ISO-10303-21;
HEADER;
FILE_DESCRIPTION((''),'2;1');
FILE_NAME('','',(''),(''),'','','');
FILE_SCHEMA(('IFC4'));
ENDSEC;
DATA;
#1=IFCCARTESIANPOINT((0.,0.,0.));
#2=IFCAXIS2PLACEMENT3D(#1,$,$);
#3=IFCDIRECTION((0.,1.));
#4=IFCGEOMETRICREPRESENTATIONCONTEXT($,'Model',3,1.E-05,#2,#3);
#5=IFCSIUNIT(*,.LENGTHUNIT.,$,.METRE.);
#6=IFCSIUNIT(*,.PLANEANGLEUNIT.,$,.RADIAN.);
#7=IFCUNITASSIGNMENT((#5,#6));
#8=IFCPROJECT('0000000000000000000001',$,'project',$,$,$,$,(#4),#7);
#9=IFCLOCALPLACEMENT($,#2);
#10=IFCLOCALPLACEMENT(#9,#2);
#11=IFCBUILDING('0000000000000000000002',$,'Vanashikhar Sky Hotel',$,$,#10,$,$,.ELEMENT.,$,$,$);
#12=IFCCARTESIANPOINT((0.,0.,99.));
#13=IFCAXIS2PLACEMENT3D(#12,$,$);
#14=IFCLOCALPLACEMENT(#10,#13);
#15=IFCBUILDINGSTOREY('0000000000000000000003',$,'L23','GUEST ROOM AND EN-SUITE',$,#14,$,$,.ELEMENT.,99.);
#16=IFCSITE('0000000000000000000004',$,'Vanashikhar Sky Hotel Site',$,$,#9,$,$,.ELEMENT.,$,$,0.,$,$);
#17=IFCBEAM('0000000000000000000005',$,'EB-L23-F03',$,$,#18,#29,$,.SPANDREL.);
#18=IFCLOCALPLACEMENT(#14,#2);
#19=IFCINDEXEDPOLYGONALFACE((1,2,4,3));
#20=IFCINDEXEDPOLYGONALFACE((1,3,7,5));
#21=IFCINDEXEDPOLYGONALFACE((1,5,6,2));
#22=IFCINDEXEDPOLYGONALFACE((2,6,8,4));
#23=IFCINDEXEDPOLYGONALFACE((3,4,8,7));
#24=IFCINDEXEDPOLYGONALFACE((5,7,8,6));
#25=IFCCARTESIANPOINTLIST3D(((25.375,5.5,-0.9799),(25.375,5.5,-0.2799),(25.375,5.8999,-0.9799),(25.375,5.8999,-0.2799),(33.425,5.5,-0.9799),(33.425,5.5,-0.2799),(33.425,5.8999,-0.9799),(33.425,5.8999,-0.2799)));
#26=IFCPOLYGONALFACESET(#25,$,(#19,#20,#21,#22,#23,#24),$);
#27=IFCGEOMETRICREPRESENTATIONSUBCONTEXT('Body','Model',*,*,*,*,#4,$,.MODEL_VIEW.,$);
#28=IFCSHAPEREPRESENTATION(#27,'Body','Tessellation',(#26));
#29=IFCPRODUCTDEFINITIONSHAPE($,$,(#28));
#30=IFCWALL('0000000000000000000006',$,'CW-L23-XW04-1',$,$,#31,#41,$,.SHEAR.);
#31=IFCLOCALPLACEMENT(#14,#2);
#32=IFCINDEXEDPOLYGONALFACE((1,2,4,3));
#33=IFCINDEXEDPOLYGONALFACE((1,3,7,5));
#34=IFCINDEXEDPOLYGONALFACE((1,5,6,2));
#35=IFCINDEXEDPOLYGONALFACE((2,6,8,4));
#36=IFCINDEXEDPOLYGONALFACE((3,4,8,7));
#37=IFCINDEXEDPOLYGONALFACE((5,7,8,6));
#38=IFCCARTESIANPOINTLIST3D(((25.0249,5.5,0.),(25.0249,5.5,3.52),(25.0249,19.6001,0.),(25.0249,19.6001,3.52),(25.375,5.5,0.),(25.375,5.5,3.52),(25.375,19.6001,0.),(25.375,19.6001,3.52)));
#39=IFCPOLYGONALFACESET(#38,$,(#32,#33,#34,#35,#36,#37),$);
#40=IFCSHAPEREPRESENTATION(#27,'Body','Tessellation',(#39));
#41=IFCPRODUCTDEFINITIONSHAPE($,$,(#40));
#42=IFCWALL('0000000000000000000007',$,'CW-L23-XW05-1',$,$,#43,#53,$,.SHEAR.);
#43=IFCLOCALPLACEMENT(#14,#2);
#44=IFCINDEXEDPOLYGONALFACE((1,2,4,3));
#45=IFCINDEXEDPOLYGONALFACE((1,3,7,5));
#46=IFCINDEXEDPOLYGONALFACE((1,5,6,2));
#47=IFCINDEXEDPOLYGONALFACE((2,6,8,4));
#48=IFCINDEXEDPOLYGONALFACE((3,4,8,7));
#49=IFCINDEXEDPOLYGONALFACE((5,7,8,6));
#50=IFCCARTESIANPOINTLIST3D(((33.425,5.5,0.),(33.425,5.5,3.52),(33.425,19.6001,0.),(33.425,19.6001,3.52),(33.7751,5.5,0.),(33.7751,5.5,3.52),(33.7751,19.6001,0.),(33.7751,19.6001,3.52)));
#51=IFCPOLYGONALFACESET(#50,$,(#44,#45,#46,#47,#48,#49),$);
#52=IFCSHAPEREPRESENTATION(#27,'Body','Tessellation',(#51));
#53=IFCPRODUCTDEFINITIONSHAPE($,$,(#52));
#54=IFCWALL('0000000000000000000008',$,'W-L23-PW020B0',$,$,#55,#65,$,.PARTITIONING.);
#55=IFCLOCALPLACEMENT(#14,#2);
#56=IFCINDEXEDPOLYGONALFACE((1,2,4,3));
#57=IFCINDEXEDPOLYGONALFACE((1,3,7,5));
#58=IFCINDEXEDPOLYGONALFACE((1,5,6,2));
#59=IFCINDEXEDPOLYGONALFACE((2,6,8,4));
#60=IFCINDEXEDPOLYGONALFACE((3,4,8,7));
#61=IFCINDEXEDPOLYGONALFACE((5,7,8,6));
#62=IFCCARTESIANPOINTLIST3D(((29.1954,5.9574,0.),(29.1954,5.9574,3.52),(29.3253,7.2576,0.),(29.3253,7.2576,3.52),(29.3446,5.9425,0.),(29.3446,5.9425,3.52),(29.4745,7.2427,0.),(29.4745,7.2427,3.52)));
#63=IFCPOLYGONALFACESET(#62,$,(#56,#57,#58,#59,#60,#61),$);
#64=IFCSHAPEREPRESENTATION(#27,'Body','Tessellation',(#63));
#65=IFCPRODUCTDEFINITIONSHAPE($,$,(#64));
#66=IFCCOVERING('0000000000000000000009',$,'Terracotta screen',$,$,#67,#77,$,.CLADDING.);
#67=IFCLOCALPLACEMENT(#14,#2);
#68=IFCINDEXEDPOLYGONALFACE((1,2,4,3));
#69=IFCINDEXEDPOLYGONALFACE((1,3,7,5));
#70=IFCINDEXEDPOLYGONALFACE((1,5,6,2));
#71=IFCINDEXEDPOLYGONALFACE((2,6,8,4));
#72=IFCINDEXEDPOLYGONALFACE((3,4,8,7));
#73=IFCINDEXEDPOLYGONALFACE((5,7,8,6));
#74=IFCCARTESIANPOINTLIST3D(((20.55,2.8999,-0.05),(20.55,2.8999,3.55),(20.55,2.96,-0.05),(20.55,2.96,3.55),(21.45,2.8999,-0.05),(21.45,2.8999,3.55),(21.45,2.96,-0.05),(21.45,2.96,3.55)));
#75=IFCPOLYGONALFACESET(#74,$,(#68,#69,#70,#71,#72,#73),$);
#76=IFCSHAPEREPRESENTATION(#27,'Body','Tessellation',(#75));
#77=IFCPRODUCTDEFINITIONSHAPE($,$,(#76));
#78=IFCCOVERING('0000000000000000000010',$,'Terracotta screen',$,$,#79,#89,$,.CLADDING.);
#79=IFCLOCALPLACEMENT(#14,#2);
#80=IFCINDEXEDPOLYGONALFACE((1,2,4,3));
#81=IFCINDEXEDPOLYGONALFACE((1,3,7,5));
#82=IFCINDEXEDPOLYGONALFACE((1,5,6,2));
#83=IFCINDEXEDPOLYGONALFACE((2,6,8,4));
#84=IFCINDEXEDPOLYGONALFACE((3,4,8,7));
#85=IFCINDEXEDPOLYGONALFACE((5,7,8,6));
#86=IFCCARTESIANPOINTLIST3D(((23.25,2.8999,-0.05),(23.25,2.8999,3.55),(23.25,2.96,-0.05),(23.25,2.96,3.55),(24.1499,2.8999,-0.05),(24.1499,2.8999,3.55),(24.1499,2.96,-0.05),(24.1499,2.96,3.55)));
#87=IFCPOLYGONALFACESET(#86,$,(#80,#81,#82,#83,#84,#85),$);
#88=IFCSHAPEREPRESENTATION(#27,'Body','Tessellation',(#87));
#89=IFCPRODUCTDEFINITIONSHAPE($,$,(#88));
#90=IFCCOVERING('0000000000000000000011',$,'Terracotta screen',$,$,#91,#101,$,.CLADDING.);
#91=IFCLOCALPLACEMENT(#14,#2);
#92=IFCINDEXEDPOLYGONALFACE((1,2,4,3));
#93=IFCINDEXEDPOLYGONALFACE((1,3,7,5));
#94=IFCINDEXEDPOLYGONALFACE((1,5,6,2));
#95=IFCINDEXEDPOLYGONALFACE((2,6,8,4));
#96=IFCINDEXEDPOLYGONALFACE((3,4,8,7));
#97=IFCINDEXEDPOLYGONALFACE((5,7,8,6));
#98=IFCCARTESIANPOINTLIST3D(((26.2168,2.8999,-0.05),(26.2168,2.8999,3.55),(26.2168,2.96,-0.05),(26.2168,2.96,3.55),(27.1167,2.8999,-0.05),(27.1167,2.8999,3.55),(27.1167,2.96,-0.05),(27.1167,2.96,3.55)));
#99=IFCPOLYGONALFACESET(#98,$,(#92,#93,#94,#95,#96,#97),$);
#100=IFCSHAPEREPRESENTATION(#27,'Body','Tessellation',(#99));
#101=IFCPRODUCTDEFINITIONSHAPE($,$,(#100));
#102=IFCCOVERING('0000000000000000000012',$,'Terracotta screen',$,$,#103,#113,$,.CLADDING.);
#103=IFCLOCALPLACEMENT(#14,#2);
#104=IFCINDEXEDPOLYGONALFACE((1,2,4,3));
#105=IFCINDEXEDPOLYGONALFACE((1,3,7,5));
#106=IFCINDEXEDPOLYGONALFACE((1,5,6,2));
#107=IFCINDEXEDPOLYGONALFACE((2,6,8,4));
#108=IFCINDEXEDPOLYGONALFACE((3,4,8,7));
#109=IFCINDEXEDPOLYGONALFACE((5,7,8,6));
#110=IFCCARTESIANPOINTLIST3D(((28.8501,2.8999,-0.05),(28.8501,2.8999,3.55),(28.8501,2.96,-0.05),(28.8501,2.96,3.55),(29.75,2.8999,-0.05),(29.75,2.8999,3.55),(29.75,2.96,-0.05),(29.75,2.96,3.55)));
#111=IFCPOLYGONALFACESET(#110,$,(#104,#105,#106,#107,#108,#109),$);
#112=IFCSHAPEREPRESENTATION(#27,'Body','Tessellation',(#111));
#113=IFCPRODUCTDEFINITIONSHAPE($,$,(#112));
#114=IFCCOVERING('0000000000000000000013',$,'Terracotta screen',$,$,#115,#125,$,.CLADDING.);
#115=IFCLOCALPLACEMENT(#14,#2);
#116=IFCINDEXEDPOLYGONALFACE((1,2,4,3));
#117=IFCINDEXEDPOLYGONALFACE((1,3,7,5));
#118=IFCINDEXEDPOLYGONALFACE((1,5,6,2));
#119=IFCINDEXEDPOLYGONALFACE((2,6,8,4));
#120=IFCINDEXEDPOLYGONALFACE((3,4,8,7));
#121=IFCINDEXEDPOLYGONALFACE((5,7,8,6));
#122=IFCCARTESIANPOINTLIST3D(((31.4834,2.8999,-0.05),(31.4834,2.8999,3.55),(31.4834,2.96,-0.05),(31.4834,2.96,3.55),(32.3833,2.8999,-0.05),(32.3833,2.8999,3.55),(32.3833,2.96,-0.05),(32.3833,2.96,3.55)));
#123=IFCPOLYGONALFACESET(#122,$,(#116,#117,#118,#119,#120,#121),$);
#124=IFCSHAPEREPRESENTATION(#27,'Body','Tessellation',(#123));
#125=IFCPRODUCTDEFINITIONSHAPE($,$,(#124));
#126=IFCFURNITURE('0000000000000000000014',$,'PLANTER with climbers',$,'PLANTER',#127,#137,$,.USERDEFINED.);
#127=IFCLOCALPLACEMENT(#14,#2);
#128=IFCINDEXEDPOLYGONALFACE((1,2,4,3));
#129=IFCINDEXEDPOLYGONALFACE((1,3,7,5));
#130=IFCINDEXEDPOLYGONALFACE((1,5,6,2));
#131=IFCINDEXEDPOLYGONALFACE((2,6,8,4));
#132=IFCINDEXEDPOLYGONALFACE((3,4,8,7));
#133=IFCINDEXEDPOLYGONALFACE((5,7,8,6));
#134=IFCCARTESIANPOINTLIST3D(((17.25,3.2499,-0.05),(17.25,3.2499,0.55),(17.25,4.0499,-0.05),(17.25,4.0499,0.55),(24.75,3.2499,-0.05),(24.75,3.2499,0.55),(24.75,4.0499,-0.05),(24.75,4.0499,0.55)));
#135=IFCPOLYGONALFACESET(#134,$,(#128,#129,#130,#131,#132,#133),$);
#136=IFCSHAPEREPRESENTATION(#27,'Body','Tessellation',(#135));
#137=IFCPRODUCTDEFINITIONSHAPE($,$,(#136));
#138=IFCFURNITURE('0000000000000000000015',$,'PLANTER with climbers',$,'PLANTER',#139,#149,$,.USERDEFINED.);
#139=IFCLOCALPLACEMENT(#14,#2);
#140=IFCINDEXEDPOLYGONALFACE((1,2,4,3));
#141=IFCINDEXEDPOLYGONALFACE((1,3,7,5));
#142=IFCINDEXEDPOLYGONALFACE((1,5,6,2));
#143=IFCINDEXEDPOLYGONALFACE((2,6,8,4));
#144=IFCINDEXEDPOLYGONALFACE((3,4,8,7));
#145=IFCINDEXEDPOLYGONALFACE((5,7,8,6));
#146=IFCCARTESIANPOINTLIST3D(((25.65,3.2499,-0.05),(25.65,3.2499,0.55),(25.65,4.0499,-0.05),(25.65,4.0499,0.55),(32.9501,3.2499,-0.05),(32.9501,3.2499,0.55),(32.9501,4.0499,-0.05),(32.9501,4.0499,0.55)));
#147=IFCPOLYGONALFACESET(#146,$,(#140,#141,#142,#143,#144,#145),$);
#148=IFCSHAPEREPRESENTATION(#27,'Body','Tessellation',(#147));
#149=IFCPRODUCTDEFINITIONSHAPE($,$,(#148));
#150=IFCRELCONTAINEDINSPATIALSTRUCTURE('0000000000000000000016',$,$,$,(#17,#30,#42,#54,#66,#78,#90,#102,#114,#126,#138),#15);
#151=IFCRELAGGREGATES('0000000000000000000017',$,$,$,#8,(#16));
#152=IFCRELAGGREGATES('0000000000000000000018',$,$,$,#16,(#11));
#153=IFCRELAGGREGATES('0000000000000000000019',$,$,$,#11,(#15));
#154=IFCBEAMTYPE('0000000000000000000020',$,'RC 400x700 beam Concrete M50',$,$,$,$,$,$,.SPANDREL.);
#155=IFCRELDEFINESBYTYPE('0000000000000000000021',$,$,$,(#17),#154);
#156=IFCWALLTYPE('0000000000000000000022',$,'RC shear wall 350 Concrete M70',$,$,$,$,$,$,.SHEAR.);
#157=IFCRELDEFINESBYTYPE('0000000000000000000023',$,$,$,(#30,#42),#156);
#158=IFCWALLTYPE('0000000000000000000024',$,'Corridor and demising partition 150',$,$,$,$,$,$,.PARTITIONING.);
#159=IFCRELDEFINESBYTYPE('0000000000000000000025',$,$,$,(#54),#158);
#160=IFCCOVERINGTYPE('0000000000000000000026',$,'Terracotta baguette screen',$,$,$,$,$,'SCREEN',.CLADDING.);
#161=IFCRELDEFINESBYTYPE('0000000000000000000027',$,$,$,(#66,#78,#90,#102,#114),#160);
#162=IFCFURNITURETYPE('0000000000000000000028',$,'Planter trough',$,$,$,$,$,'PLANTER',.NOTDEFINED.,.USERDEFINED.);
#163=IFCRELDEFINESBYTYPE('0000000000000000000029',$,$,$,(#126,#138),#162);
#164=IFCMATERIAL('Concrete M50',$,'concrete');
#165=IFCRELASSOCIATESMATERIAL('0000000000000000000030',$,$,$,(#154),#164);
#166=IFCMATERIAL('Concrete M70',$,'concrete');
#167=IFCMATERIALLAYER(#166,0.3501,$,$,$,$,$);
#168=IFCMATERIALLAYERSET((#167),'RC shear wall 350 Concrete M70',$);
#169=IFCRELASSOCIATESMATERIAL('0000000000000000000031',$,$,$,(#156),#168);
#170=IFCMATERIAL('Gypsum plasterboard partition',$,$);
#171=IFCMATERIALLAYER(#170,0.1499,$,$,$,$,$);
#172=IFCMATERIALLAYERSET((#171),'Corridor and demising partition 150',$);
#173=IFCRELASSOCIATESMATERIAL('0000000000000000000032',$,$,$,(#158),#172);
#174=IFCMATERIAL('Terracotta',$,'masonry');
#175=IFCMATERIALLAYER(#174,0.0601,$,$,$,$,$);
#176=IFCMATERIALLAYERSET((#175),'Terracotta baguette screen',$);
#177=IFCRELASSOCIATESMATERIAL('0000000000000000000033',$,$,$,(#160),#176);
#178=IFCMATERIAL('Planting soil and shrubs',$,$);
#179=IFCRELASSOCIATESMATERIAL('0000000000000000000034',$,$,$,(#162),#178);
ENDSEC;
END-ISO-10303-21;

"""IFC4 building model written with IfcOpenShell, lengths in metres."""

from ifc_helpers import new_model, si_unit, direction, frame, frame_2d, origin, origin_2d, place, context, subcontext, project, spatial, rectangle, extrude, source, transform, mapped, material, layer, layer_set, material_profile, profile_set, type_object, element, save


model = new_model("IFC4")

# Units and contexts
model_context = context("Model", 3, precision=1e-05, world=origin(), true_north=direction((0.0, 1.0)))
body_context = subcontext(model_context, "Body", "Model", "MODEL_VIEW")
ifc_project = project(units=[si_unit("LENGTHUNIT", "METRE"), si_unit("PLANEANGLEUNIT", "RADIAN")], contexts=[model_context])

# Site, building, storey
site_placement = place(None, origin())
site = spatial("IfcSite", under=ifc_project, at=site_placement, Name="Vanashikhar Sky Hotel Site", CompositionType="ELEMENT", RefElevation=0.0)
building_placement = place(site_placement, origin())
building = spatial("IfcBuilding", under=site, at=building_placement, Name="Vanashikhar Sky Hotel", CompositionType="ELEMENT")
storey_placement = place(building_placement, frame((0.0, 0.0, 99.0)))
storey = spatial("IfcBuildingStorey", under=building, at=storey_placement, Name="L23", Description="GUEST ROOM AND EN-SUITE", CompositionType="ELEMENT", Elevation=99.0)

# Beam
ifc_material_1 = material(Name="Concrete M50", Category="concrete")
ifc_material_profile = material_profile(ifc_material_1, rectangle(XDim=0.3999, YDim=0.7, at=origin_2d()))
ifc_profile_set = profile_set([ifc_material_profile], Name="RC 400x700 beam Concrete M50")
beam_type = type_object("IfcBeamType", Name="RC 400x700 beam Concrete M50", PredefinedType="SPANDREL", material=ifc_profile_set)
shared_shape_1 = source(origin(), body_context, "Body", "SweptSolid", [
    extrude(rectangle(XDim=0.3999, YDim=0.7, at=origin_2d()), origin(), (0.0, 0.0, 1.0), 8.05),
])
beam_placement = place(storey_placement, frame((25.375, 5.7, -0.6299), z_axis=(1.0, 0.0, 0.0), x_axis=(0.0, 1.0, 0.0)))
element("IfcBeam", 1, at=beam_placement, inside=storey, type_object=beam_type, Name="EB-L23-F03", PredefinedType="SPANDREL", context=body_context, shape_type="MappedRepresentation", body=[
    mapped(shared_shape_1, transform((0.0, 0.0, 0.0), scale=1.0)),
])

# Walls
ifc_material_2 = material(Name="Concrete M70", Category="concrete")
ifc_layer_1 = layer(ifc_material_2, 0.3501)
ifc_layer_set_1 = layer_set([ifc_layer_1], Name="RC shear wall 350 Concrete M70")
wall_type_1 = type_object("IfcWallType", Name="RC shear wall 350 Concrete M70", PredefinedType="SHEAR", material=ifc_layer_set_1)
shared_shape_2 = source(origin(), body_context, "Body", "SweptSolid", [
    extrude(rectangle(XDim=14.1001, YDim=0.3501, at=frame_2d((7.05, 0.0))), origin(), (0.0, 0.0, 1.0), 3.52),
])
for number, where, z_axis, x_axis, name in (
    (2, (25.2, 5.5, 0.0), (0.0, 0.0, 1.0), (0.0, 1.0, 0.0), "CW-L23-XW04-1"),
    (3, (33.6001, 5.5, 0.0), (0.0, 0.0, 1.0), (0.0, 1.0, 0.0), "CW-L23-XW05-1"),
):
    element("IfcWall", number, at=place(storey_placement, frame(where, z_axis=z_axis, x_axis=x_axis)), inside=storey, type_object=wall_type_1, Name=name, PredefinedType="SHEAR", context=body_context, shape_type="MappedRepresentation", body=[
        mapped(shared_shape_2, transform((0.0, 0.0, 0.0), scale=1.0)),
    ])

# Wall
ifc_material_3 = material(Name="Gypsum plasterboard partition")
ifc_layer_2 = layer(ifc_material_3, 0.1499)
ifc_layer_set_2 = layer_set([ifc_layer_2], Name="Corridor and demising partition 150")
wall_type_2 = type_object("IfcWallType", Name="Corridor and demising partition 150", PredefinedType="PARTITIONING", material=ifc_layer_set_2)
shared_shape_3 = source(origin(), body_context, "Body", "SweptSolid", [
    extrude(rectangle(XDim=1.3066, YDim=0.1499, at=frame_2d((0.6533, 0.0))), origin(), (0.0, 0.0, 1.0), 3.52),
])
wall_1_placement = place(storey_placement, frame((29.27, 5.95, 0.0), z_axis=(0.0, 0.0, 1.0), x_axis=(0.099411, 0.995046, 0.0)))
element("IfcWall", 4, at=wall_1_placement, inside=storey, type_object=wall_type_2, Name="W-L23-PW020B0", PredefinedType="PARTITIONING", context=body_context, shape_type="MappedRepresentation", body=[
    mapped(shared_shape_3, transform((0.0, 0.0, 0.0), scale=1.0)),
])

# Coverings
ifc_material_4 = material(Name="Terracotta", Category="masonry")
ifc_layer_3 = layer(ifc_material_4, 0.0601)
ifc_layer_set_3 = layer_set([ifc_layer_3], Name="Terracotta baguette screen")
covering_type = type_object("IfcCoveringType", Name="Terracotta baguette screen", ElementType="SCREEN", PredefinedType="CLADDING", material=ifc_layer_set_3)
shared_shape_4 = source(origin(), body_context, "Body", "SweptSolid", [
    extrude(rectangle(XDim=0.8999, YDim=0.0601, at=origin_2d()), origin(), (0.0, 0.0, 1.0), 3.6001),
])
for number, where, z_axis, x_axis, name in (
    (5, (21.0, 2.9299, -0.05), (0.0, 0.0, 1.0), (1.0, 0.0, 0.0), "Terracotta screen"),
    (6, (23.7, 2.9299, -0.05), (0.0, 0.0, 1.0), (1.0, 0.0, 0.0), "Terracotta screen"),
    (7, (26.6667, 2.9299, -0.05), (0.0, 0.0, 1.0), (1.0, 0.0, 0.0), "Terracotta screen"),
    (8, (29.3, 2.9299, -0.05), (0.0, 0.0, 1.0), (1.0, 0.0, 0.0), "Terracotta screen"),
    (9, (31.9333, 2.9299, -0.05), (0.0, 0.0, 1.0), (1.0, 0.0, 0.0), "Terracotta screen"),
):
    element("IfcCovering", number, at=place(storey_placement, frame(where, z_axis=z_axis, x_axis=x_axis)), inside=storey, type_object=covering_type, Name=name, PredefinedType="CLADDING", context=body_context, shape_type="MappedRepresentation", body=[
        mapped(shared_shape_4, transform((0.0, 0.0, 0.0), scale=1.0)),
    ])

# Furniture
ifc_material_5 = material(Name="Planting soil and shrubs")
furniture_type = type_object("IfcFurnitureType", Name="Planter trough", ElementType="PLANTER", AssemblyPlace="NOTDEFINED", PredefinedType="USERDEFINED", material=ifc_material_5)
shared_shape_5 = source(origin(), body_context, "Body", "SweptSolid", [
    extrude(rectangle(XDim=7.5, YDim=0.8, at=origin_2d()), origin(), (0.0, 0.0, 1.0), 0.6001),
])
furniture_1_placement = place(storey_placement, frame((21.0, 3.6499, -0.05), z_axis=(0.0, 0.0, 1.0), x_axis=(1.0, 0.0, 0.0)))
element("IfcFurniture", 10, at=furniture_1_placement, inside=storey, type_object=furniture_type, Name="PLANTER with climbers", ObjectType="PLANTER", PredefinedType="USERDEFINED", context=body_context, shape_type="MappedRepresentation", body=[
    mapped(shared_shape_5, transform((0.0, 0.0, 0.0), scale=1.0)),
])
shared_shape_6 = source(origin(), body_context, "Body", "SweptSolid", [
    extrude(rectangle(XDim=7.3, YDim=0.8, at=origin_2d()), origin(), (0.0, 0.0, 1.0), 0.6001),
])
furniture_2_placement = place(storey_placement, frame((29.3, 3.6499, -0.05), z_axis=(0.0, 0.0, 1.0), x_axis=(1.0, 0.0, 0.0)))
element("IfcFurniture", 11, at=furniture_2_placement, inside=storey, type_object=furniture_type, Name="PLANTER with climbers", ObjectType="PLANTER", PredefinedType="USERDEFINED", context=body_context, shape_type="MappedRepresentation", body=[
    mapped(shared_shape_6, transform((0.0, 0.0, 0.0), scale=1.0)),
])

save(model, "model.ifc")
